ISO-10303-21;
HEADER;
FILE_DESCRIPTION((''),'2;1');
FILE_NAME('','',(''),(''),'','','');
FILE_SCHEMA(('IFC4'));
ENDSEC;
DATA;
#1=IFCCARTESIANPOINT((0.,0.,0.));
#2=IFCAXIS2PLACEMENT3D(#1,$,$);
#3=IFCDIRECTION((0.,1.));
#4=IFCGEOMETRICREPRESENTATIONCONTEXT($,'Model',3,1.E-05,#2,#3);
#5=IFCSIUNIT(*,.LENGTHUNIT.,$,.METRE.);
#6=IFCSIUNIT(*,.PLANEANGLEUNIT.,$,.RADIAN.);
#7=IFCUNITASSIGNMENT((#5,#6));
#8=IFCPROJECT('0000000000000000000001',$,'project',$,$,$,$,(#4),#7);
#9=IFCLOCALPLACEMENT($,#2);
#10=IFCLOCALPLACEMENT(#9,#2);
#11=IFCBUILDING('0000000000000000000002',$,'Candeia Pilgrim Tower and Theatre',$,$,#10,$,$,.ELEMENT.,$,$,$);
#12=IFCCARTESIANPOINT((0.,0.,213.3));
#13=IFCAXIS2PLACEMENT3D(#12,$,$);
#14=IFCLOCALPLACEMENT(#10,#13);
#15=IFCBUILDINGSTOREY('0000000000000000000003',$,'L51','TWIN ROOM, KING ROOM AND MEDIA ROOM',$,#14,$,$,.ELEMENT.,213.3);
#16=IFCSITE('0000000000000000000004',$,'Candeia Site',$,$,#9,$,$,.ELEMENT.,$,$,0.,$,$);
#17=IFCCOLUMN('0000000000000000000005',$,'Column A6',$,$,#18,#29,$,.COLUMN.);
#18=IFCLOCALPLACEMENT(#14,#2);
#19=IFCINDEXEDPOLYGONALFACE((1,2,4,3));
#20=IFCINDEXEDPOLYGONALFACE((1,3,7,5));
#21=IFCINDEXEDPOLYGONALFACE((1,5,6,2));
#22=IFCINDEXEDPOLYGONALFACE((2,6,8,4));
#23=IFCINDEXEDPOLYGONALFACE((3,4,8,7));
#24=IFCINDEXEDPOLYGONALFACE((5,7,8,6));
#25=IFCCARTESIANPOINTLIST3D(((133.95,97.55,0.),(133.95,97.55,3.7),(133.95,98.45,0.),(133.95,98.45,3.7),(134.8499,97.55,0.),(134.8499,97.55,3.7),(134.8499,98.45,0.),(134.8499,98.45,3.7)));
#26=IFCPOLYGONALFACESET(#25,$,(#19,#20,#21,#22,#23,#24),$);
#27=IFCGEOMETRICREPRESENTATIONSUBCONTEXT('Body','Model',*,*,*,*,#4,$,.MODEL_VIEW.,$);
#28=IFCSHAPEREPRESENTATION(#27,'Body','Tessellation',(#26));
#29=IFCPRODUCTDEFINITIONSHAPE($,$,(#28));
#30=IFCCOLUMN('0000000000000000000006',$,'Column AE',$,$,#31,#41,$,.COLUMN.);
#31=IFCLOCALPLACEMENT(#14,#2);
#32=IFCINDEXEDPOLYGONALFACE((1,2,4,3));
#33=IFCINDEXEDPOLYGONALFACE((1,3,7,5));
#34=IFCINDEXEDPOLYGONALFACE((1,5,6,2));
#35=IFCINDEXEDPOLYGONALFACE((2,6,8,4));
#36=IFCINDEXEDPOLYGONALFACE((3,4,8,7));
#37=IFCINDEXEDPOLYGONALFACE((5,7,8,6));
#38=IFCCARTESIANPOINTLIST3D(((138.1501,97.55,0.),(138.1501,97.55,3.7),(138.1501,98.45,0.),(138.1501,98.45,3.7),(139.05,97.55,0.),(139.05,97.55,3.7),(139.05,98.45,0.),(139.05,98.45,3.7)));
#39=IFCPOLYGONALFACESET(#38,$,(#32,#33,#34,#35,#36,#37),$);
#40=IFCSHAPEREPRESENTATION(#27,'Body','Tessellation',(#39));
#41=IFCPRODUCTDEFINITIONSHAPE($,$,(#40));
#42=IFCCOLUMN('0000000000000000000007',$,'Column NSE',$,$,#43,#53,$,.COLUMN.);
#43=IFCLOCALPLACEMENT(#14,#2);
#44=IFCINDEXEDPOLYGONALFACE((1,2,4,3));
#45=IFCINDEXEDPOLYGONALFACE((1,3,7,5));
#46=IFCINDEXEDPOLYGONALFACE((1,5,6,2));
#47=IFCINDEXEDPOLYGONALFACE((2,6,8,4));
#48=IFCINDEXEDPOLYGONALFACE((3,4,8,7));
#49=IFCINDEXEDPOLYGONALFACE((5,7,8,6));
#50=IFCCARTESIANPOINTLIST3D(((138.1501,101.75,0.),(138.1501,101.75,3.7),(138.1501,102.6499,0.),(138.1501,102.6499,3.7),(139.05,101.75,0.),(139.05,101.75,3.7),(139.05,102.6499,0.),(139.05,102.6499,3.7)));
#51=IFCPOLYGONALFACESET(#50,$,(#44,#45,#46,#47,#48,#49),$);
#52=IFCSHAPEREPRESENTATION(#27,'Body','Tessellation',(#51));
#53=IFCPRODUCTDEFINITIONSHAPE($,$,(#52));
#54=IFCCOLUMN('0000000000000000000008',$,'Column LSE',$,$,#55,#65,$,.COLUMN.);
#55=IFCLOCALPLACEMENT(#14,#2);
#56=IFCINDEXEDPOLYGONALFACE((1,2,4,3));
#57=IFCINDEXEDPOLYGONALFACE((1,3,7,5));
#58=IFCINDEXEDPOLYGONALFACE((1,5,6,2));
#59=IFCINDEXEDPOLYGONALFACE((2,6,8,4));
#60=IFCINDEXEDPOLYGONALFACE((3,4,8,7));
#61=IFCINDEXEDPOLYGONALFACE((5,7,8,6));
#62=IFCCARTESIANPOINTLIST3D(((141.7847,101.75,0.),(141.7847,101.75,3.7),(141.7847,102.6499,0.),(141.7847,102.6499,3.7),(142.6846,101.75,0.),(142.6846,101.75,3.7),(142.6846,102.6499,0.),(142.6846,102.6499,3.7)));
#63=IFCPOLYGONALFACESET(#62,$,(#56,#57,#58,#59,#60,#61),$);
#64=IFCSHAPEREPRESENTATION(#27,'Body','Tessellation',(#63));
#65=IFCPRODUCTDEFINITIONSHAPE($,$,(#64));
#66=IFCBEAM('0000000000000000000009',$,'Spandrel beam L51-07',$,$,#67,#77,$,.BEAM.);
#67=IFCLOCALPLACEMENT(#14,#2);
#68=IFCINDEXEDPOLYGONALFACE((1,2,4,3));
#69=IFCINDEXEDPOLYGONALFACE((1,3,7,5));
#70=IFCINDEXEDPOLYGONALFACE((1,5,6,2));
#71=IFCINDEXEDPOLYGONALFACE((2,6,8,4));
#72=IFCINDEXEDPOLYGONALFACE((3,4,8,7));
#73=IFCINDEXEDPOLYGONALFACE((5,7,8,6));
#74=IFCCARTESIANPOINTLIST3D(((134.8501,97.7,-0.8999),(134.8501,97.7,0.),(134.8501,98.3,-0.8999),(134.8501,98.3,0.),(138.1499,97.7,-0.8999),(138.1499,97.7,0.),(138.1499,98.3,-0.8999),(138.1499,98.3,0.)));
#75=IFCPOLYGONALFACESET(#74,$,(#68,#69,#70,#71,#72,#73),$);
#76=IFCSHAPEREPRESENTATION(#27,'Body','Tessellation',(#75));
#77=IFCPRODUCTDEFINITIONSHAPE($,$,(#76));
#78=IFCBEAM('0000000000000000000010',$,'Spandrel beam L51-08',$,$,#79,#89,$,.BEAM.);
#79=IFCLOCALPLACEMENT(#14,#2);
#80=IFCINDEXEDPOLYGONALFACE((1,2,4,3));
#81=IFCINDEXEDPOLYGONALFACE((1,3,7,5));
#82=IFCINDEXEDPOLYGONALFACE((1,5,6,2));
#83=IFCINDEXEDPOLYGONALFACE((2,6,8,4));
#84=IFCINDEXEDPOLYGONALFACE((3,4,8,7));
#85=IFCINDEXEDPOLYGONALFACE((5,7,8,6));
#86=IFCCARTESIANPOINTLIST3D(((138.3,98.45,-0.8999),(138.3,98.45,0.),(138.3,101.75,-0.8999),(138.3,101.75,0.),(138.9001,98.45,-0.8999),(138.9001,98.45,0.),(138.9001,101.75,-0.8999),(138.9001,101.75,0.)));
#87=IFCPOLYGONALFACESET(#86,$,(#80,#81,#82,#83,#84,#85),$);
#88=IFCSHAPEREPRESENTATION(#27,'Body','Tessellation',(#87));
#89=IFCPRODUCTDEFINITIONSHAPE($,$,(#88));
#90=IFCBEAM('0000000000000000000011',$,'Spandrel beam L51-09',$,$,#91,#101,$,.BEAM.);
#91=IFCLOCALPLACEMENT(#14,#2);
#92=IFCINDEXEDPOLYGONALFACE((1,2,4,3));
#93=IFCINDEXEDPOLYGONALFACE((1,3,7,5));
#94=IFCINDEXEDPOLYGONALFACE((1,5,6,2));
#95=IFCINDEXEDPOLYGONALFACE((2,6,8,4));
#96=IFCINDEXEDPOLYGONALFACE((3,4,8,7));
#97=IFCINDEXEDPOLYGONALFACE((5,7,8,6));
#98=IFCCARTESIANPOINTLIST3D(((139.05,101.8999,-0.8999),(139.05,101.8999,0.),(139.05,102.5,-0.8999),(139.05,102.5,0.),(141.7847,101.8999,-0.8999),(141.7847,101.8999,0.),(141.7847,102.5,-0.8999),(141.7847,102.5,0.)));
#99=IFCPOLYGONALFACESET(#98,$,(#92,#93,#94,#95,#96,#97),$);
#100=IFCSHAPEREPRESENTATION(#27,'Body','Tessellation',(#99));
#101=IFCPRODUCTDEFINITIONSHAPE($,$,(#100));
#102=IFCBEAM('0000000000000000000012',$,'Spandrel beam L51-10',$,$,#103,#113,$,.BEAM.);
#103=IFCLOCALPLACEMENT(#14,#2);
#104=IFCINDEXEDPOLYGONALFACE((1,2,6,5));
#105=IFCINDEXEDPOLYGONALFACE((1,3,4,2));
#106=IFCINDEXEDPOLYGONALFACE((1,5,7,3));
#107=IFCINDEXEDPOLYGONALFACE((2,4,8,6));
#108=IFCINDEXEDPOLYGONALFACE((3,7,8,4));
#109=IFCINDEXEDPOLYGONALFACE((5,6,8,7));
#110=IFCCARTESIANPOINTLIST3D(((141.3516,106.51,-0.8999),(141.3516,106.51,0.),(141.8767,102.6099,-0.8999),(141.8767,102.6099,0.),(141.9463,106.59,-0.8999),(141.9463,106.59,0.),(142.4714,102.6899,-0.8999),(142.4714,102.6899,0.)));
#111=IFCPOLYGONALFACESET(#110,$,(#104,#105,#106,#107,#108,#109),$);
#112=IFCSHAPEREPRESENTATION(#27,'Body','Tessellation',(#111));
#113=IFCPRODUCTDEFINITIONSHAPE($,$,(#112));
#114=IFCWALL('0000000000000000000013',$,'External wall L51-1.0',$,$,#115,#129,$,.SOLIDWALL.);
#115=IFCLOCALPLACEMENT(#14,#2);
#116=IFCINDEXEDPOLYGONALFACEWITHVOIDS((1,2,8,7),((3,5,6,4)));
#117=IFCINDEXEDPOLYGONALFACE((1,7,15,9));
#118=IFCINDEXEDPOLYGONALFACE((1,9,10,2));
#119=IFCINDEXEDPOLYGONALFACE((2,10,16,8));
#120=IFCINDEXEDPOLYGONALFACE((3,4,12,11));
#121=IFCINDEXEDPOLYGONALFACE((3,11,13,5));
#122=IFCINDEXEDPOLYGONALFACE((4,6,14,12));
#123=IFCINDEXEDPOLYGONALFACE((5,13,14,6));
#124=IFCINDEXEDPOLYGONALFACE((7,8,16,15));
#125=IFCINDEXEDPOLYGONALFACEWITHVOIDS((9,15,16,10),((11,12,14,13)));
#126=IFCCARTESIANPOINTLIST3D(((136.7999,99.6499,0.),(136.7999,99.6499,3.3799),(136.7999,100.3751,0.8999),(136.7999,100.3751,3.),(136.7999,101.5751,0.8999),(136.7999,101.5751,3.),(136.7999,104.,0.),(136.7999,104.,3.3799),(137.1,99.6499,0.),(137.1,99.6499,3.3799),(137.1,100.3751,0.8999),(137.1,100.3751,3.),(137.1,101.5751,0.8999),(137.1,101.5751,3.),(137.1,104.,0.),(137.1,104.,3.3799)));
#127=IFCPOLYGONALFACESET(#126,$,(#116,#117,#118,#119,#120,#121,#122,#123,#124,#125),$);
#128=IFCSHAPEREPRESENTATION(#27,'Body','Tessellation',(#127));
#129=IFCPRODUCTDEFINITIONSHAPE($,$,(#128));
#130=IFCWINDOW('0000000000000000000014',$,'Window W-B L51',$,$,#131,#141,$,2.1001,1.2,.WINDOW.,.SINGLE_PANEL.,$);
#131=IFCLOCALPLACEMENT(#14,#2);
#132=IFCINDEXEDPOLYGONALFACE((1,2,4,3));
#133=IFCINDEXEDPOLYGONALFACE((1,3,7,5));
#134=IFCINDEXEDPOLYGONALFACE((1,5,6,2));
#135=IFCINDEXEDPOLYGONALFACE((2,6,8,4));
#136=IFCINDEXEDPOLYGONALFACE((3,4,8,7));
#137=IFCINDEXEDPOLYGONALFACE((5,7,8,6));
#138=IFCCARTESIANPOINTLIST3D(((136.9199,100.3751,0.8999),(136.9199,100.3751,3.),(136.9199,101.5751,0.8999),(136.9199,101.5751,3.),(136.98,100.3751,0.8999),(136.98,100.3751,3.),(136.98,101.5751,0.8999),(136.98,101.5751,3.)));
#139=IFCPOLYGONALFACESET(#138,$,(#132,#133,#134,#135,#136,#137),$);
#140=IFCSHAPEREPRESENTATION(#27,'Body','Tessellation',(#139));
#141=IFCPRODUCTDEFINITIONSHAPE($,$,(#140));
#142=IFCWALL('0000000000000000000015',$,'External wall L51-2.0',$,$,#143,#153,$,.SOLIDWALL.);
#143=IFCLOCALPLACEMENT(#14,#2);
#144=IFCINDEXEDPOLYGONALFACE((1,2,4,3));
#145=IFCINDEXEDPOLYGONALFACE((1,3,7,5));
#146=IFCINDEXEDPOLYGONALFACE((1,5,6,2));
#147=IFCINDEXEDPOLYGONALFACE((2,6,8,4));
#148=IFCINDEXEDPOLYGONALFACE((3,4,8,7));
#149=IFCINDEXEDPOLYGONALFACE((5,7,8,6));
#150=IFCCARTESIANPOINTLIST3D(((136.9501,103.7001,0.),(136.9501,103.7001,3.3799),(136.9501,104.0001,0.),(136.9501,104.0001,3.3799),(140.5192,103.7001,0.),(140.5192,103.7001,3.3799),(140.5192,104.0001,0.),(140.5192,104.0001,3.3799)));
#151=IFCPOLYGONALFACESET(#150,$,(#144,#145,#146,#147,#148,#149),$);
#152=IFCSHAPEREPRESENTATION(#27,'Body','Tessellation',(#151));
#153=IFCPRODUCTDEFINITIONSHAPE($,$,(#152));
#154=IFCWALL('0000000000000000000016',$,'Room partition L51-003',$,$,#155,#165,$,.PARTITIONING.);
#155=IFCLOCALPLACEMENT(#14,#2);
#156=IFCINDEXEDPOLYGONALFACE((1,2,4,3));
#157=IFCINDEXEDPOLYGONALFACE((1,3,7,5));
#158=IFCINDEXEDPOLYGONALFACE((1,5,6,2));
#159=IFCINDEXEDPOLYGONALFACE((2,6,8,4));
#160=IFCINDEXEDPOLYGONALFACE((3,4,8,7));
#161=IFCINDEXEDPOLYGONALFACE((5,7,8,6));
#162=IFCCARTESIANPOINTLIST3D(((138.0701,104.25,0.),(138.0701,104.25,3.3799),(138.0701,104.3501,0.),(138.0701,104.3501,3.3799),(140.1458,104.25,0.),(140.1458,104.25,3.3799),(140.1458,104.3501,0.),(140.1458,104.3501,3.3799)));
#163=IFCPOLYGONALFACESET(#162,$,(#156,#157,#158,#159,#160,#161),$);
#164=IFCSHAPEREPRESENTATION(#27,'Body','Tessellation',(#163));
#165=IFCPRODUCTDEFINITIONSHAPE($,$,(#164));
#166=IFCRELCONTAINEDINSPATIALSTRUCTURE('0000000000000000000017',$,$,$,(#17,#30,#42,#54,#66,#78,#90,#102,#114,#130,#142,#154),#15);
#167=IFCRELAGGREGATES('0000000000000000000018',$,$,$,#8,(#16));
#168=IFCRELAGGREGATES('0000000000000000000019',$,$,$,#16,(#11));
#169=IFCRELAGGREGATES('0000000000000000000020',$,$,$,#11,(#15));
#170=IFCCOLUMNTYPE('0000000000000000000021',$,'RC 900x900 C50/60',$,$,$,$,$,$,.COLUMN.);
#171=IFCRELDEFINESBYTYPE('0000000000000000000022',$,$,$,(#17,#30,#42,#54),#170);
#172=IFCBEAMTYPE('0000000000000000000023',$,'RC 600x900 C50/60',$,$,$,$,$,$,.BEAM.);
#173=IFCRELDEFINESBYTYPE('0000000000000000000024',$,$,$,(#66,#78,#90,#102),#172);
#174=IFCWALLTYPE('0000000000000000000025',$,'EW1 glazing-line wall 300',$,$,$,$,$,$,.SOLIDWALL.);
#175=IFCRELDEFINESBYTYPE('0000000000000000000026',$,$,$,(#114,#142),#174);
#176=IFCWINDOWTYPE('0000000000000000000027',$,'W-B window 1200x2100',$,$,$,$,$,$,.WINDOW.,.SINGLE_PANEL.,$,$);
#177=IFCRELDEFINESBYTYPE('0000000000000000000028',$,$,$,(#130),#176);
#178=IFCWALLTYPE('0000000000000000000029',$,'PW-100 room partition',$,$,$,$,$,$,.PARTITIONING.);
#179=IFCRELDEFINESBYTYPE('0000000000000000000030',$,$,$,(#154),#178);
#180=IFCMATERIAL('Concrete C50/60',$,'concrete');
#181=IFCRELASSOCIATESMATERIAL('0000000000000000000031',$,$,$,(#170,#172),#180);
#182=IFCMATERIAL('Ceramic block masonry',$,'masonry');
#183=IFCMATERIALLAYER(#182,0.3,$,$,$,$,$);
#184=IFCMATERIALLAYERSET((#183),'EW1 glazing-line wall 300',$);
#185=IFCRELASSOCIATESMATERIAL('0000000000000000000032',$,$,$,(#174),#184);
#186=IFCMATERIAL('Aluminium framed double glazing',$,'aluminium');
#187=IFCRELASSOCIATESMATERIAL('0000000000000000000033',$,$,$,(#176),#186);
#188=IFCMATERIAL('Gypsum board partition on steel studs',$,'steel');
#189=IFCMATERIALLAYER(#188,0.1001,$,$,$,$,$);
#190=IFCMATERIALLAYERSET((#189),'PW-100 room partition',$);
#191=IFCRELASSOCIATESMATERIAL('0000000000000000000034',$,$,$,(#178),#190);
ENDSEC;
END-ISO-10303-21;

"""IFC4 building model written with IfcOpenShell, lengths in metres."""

from ifc_helpers import new_model, si_unit, direction, frame, frame_2d, origin, origin_2d, place, context, subcontext, project, spatial, rectangle, extrude, material, layer, layer_set, material_profile, profile_set, type_object, element, fill, save


model = new_model("IFC4")

# Units and contexts
model_context = context("Model", 3, precision=1e-05, world=origin(), true_north=direction((0.0, 1.0)))
body_context = subcontext(model_context, "Body", "Model", "MODEL_VIEW")
ifc_project = project(units=[si_unit("LENGTHUNIT", "METRE"), si_unit("PLANEANGLEUNIT", "RADIAN")], contexts=[model_context])

# Site, building, storey
site_placement = place(None, origin())
site = spatial("IfcSite", under=ifc_project, at=site_placement, Name="Candeia Site", CompositionType="ELEMENT", RefElevation=0.0)
building_placement = place(site_placement, origin())
building = spatial("IfcBuilding", under=site, at=building_placement, Name="Candeia Pilgrim Tower and Theatre", CompositionType="ELEMENT")
storey_placement = place(building_placement, frame((0.0, 0.0, 213.3)))
storey = spatial("IfcBuildingStorey", under=building, at=storey_placement, Name="L51", Description="TWIN ROOM, KING ROOM AND MEDIA ROOM", CompositionType="ELEMENT", Elevation=213.3)

# Columns
ifc_material_1 = material(Name="Concrete C50/60", Category="concrete")
ifc_material_profile_1 = material_profile(ifc_material_1, rectangle(XDim=0.8999, YDim=0.8999, at=origin_2d()))
ifc_profile_set_1 = profile_set([ifc_material_profile_1], Name="Concrete C50/60")
column_type = type_object("IfcColumnType", Name="RC 900x900 C50/60", PredefinedType="COLUMN", material=ifc_profile_set_1)
for number, where, z_axis, x_axis, name in (
    (1, (134.3999, 98.0, 0.0), (0.0, 0.0, 1.0), (1.0, 0.0, 0.0), "Column A6"),
    (2, (138.6001, 98.0, 0.0), (0.0, 0.0, 1.0), (1.0, 0.0, 0.0), "Column AE"),
    (3, (138.6001, 102.2, 0.0), (0.0, 0.0, 1.0), (1.0, 0.0, 0.0), "Column NSE"),
    (4, (142.2346, 102.2, 0.0), (0.0, 0.0, 1.0), (1.0, 0.0, 0.0), "Column LSE"),
):
    element("IfcColumn", number, at=place(storey_placement, frame(where, z_axis=z_axis, x_axis=x_axis)), inside=storey, type_object=column_type, Name=name, PredefinedType="COLUMN", context=body_context, shape_type="SweptSolid", body=[
        extrude(rectangle(XDim=0.8999, YDim=0.8999, at=origin_2d()), origin(), (0.0, 0.0, 1.0), 3.7),
    ])

# Beams
ifc_material_profile_2 = material_profile(ifc_material_1, rectangle(XDim=0.6001, YDim=0.8999, at=origin_2d()))
ifc_profile_set_2 = profile_set([ifc_material_profile_2], Name="Concrete C50/60")
beam_type = type_object("IfcBeamType", Name="RC 600x900 C50/60", PredefinedType="BEAM", material=ifc_profile_set_2)
beam_1_placement = place(storey_placement, frame((134.8501, 98.0, -0.45), z_axis=(1.0, 0.0, 0.0), x_axis=(0.0, 1.0, 0.0)))
element("IfcBeam", 5, at=beam_1_placement, inside=storey, type_object=beam_type, Name="Spandrel beam L51-07", PredefinedType="BEAM", context=body_context, shape_type="SweptSolid", body=[
    extrude(rectangle(XDim=0.6001, YDim=0.8999, at=origin_2d()), origin(), (0.0, 0.0, 1.0), 3.2998),
])
beam_2_placement = place(storey_placement, frame((138.6001, 98.45, -0.45), z_axis=(0.0, 1.0, 0.0), x_axis=(-1.0, 0.0, 0.0)))
element("IfcBeam", 6, at=beam_2_placement, inside=storey, type_object=beam_type, Name="Spandrel beam L51-08", PredefinedType="BEAM", context=body_context, shape_type="SweptSolid", body=[
    extrude(rectangle(XDim=0.6001, YDim=0.8999, at=origin_2d()), origin(), (0.0, 0.0, 1.0), 3.3),
])
beam_3_placement = place(storey_placement, frame((139.05, 102.2, -0.45), z_axis=(1.0, 0.0, 0.0), x_axis=(0.0, 1.0, 0.0)))
element("IfcBeam", 7, at=beam_3_placement, inside=storey, type_object=beam_type, Name="Spandrel beam L51-09", PredefinedType="BEAM", context=body_context, shape_type="SweptSolid", body=[
    extrude(rectangle(XDim=0.6001, YDim=0.8999, at=origin_2d()), origin(), (0.0, 0.0, 1.0), 2.7346),
])
beam_4_placement = place(storey_placement, frame((142.1741, 102.6499, -0.45), z_axis=(-0.133444, 0.991056, 0.0), x_axis=(-0.991056, -0.133444, 0.0)))
element("IfcBeam", 8, at=beam_4_placement, inside=storey, type_object=beam_type, Name="Spandrel beam L51-10", PredefinedType="BEAM", context=body_context, shape_type="SweptSolid", body=[
    extrude(rectangle(XDim=0.6001, YDim=0.8999, at=origin_2d()), origin(), (0.0, 0.0, 1.0), 3.9353),
])

# Wall, opening, window
ifc_material_2 = material(Name="Ceramic block masonry", Category="masonry")
ifc_layer_1 = layer(ifc_material_2, 0.3)
ifc_layer_set_1 = layer_set([ifc_layer_1], Name="EW1 glazing-line wall 300")
wall_type_1 = type_object("IfcWallType", Name="EW1 glazing-line wall 300", PredefinedType="SOLIDWALL", material=ifc_layer_set_1)
wall_1_placement = place(storey_placement, frame((136.95, 99.6499, 0.0), z_axis=(0.0, 0.0, 1.0), x_axis=(0.0, 1.0, 0.0)))
wall_1 = element("IfcWall", 9, at=wall_1_placement, inside=storey, type_object=wall_type_1, Name="External wall L51-1.0", PredefinedType="SOLIDWALL", context=body_context, shape_type="SweptSolid", body=[
    extrude(rectangle(XDim=4.3501, YDim=0.3, at=frame_2d((2.175, 0.0))), origin(), (0.0, 0.0, 1.0), 3.3799),
])
opening_1_placement = place(wall_1_placement, frame((0.7251, 0.0, 0.8999)))
opening_1 = element("IfcOpeningElement", 10, at=opening_1_placement, cuts=wall_1, PredefinedType="OPENING", context=body_context, shape_type="SweptSolid", body=[
    extrude(rectangle(XDim=1.2, YDim=2.1001, at=frame_2d((0.6001, 1.05))), frame((0.0, 0.1602, 0.0), z_axis=(0.0, -1.0, 0.0), x_axis=(1.0, 0.0, 0.0)), (0.0, 0.0, 1.0), 0.3201),
])
ifc_material_3 = material(Name="Aluminium framed double glazing", Category="aluminium")
window_type = type_object("IfcWindowType", Name="W-B window 1200x2100", PartitioningType="SINGLE_PANEL", PredefinedType="WINDOW", material=ifc_material_3)
window_1_placement = place(opening_1_placement, origin())
window_1 = element("IfcWindow", 11, at=window_1_placement, inside=storey, type_object=window_type, Name="Window W-B L51", OverallHeight=2.1001, OverallWidth=1.2, PartitioningType="SINGLE_PANEL", PredefinedType="WINDOW", context=body_context, shape_type="SweptSolid", body=[
    extrude(rectangle(XDim=1.2, YDim=2.1001, at=frame_2d((0.6001, 1.05))), frame((0.0, 0.03, 0.0), z_axis=(0.0, -1.0, 0.0), x_axis=(1.0, 0.0, 0.0)), (0.0, 0.0, 1.0), 0.0601),
])
fill(opening_1, window_1)

# Wall
wall_2_placement = place(storey_placement, frame((136.95, 103.8501, 0.0), z_axis=(0.0, 0.0, 1.0), x_axis=(1.0, 0.0, 0.0)))
element("IfcWall", 12, at=wall_2_placement, inside=storey, type_object=wall_type_1, Name="External wall L51-2.0", PredefinedType="SOLIDWALL", context=body_context, shape_type="SweptSolid", body=[
    extrude(rectangle(XDim=3.5691, YDim=0.3, at=frame_2d((1.7847, 0.0))), origin(), (0.0, 0.0, 1.0), 3.3799),
])

# Wall
ifc_material_4 = material(Name="Gypsum board partition on steel studs", Category="steel")
ifc_layer_2 = layer(ifc_material_4, 0.1001)
ifc_layer_set_2 = layer_set([ifc_layer_2], Name="PW-100 room partition")
wall_type_2 = type_object("IfcWallType", Name="PW-100 room partition", PredefinedType="PARTITIONING", material=ifc_layer_set_2)
wall_3_placement = place(storey_placement, frame((138.0701, 104.3, 0.0), z_axis=(0.0, 0.0, 1.0), x_axis=(1.0, 0.0, 0.0)))
element("IfcWall", 13, at=wall_3_placement, inside=storey, type_object=wall_type_2, Name="Room partition L51-003", PredefinedType="PARTITIONING", context=body_context, shape_type="SweptSolid", body=[
    extrude(rectangle(XDim=2.0757, YDim=0.1001, at=frame_2d((1.0378, 0.0))), origin(), (0.0, 0.0, 1.0), 3.3799),
])

save(model, "model.ifc")
